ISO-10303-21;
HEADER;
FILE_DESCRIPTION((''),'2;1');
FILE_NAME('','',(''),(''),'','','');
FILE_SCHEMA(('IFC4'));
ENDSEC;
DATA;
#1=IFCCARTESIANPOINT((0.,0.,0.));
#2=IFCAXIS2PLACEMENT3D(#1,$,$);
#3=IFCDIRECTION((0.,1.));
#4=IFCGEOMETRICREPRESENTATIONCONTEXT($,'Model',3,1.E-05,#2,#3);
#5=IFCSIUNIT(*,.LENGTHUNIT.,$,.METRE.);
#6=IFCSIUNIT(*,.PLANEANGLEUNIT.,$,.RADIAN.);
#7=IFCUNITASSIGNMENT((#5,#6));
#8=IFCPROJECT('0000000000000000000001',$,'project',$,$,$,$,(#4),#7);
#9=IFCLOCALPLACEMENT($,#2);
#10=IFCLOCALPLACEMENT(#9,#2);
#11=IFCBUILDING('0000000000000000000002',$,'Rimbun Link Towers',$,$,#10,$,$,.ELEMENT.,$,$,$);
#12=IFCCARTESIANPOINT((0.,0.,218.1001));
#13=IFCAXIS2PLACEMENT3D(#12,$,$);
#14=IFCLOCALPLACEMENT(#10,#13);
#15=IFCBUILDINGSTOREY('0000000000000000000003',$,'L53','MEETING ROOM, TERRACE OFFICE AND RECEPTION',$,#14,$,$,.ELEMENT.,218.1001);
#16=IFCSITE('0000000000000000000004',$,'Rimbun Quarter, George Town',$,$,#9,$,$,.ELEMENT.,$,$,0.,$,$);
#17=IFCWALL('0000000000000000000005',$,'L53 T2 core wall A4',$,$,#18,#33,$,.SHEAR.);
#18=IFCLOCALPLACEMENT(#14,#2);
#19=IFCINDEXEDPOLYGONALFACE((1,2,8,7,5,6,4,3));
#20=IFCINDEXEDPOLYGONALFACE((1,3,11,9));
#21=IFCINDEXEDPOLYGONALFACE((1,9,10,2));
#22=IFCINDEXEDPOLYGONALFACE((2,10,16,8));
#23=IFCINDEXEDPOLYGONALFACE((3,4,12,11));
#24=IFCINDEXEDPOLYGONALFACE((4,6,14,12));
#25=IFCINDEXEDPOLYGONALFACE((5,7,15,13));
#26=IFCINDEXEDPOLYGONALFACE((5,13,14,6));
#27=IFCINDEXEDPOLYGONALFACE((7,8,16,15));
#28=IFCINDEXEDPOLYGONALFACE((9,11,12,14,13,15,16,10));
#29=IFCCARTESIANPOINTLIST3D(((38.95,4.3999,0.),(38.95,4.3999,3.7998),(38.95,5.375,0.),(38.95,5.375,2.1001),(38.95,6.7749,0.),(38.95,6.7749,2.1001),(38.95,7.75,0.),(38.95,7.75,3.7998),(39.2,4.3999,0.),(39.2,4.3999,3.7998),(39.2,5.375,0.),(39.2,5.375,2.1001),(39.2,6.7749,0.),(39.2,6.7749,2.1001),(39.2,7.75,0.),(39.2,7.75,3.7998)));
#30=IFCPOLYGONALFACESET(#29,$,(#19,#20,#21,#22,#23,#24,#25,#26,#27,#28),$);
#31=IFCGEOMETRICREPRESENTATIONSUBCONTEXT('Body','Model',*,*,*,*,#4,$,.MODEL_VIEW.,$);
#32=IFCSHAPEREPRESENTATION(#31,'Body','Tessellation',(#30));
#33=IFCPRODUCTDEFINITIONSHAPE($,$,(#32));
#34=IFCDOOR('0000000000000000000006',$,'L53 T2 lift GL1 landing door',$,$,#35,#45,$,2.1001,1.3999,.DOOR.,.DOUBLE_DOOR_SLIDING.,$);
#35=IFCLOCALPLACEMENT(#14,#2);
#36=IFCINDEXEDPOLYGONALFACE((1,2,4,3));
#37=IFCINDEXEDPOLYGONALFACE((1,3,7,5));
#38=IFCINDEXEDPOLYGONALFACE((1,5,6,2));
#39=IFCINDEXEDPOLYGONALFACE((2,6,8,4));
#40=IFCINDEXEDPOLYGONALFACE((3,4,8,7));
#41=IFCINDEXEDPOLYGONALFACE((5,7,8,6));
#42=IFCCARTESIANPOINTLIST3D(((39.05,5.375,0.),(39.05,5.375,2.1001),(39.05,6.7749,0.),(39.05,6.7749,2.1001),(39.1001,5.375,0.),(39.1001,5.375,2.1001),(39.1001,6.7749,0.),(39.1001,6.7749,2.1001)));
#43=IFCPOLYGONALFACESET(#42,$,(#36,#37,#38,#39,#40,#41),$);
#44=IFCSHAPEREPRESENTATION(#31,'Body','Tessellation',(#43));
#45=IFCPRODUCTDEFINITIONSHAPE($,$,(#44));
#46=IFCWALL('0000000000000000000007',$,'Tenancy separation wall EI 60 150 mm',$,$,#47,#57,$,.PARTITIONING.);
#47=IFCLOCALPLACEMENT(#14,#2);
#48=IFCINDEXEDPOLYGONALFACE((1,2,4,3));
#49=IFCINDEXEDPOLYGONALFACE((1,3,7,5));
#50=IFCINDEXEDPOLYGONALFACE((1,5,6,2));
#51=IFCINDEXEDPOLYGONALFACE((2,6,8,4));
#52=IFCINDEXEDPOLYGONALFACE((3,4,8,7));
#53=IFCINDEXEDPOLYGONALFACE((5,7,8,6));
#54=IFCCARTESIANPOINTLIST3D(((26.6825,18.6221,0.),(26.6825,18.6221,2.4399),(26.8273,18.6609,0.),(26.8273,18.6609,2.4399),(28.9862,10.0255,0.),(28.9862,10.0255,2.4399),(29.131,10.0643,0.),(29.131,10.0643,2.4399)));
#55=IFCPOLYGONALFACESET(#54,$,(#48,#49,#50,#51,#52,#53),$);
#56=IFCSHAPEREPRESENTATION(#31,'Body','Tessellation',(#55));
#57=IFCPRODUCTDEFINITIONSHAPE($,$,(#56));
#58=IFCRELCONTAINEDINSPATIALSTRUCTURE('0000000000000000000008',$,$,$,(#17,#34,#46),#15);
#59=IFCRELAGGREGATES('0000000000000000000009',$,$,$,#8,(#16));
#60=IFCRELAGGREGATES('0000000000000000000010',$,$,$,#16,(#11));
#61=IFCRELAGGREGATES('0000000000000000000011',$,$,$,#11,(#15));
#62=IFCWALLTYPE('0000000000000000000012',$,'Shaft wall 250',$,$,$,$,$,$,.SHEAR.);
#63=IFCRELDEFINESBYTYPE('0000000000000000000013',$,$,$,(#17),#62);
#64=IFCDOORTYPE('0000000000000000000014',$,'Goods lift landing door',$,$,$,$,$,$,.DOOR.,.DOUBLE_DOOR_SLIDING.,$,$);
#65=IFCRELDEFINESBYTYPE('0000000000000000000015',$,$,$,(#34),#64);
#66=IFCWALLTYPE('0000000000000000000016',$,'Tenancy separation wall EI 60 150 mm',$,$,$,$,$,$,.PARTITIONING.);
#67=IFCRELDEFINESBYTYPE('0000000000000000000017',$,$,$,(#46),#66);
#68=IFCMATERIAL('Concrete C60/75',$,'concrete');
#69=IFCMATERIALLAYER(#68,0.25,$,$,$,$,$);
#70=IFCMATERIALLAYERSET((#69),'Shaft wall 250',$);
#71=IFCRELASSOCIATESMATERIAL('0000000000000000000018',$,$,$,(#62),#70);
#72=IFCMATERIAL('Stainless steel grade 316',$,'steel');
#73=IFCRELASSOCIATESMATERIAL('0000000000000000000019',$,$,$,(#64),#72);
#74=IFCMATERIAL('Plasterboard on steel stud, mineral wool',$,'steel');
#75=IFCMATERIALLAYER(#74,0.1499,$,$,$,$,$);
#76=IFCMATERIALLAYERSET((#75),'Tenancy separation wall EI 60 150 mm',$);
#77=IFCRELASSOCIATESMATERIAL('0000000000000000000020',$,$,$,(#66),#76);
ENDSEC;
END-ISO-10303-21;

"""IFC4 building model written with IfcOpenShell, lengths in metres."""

from ifc_helpers import new_model, si_unit, direction, frame, frame_2d, origin, place, context, subcontext, project, spatial, rectangle, extrude, material, layer, layer_set, type_object, element, fill, save


model = new_model("IFC4")

# Units and contexts
model_context = context("Model", 3, precision=1e-05, world=origin(), true_north=direction((0.0, 1.0)))
body_context = subcontext(model_context, "Body", "Model", "MODEL_VIEW")
ifc_project = project(units=[si_unit("LENGTHUNIT", "METRE"), si_unit("PLANEANGLEUNIT", "RADIAN")], contexts=[model_context])

# Site, building, storey
site_placement = place(None, origin())
site = spatial("IfcSite", under=ifc_project, at=site_placement, Name="Rimbun Quarter, George Town", CompositionType="ELEMENT", RefElevation=0.0)
building_placement = place(site_placement, origin())
building = spatial("IfcBuilding", under=site, at=building_placement, Name="Rimbun Link Towers", CompositionType="ELEMENT")
storey_placement = place(building_placement, frame((0.0, 0.0, 218.1001)))
storey = spatial("IfcBuildingStorey", under=building, at=storey_placement, Name="L53", Description="MEETING ROOM, TERRACE OFFICE AND RECEPTION", CompositionType="ELEMENT", Elevation=218.1001)

# Shared definitions
ifc_material_1 = material(Name="Concrete C60/75", Category="concrete")
ifc_layer_1 = layer(ifc_material_1, 0.25)
ifc_layer_set_1 = layer_set([ifc_layer_1], Name="Shaft wall 250")
wall_type_1 = type_object("IfcWallType", Name="Shaft wall 250", PredefinedType="SHEAR", material=ifc_layer_set_1)

# Wall, opening, door
wall_1_placement = place(storey_placement, frame((39.075, 4.3999, 0.0), z_axis=(0.0, 0.0, 1.0), x_axis=(0.0, 1.0, 0.0)))
wall_1 = element("IfcWall", 1, at=wall_1_placement, inside=storey, type_object=wall_type_1, Name="L53 T2 core wall A4", PredefinedType="SHEAR", context=body_context, shape_type="SweptSolid", body=[
    extrude(rectangle(XDim=3.3501, YDim=0.25, at=frame_2d((1.675, 0.0))), origin(), (0.0, 0.0, 1.0), 3.7998),
])
opening_1_placement = place(wall_1_placement, frame((0.9751, 0.0, 0.0)))
opening_1 = element("IfcOpeningElement", 2, at=opening_1_placement, cuts=wall_1, PredefinedType="OPENING", context=body_context, shape_type="SweptSolid", body=[
    extrude(rectangle(XDim=1.3999, YDim=2.1001, at=frame_2d((0.7, 1.05))), frame((0.0, 0.135, 0.0), z_axis=(0.0, -1.0, 0.0), x_axis=(1.0, 0.0, 0.0)), (0.0, 0.0, 1.0), 0.27),
])
ifc_material_2 = material(Name="Stainless steel grade 316", Category="steel")
door_type_1 = type_object("IfcDoorType", Name="Goods lift landing door", OperationType="DOUBLE_DOOR_SLIDING", PredefinedType="DOOR", material=ifc_material_2)
door_1_placement = place(opening_1_placement, origin())
door_1 = element("IfcDoor", 3, at=door_1_placement, inside=storey, type_object=door_type_1, Name="L53 T2 lift GL1 landing door", OperationType="DOUBLE_DOOR_SLIDING", OverallHeight=2.1001, OverallWidth=1.3999, PredefinedType="DOOR", context=body_context, shape_type="SweptSolid", body=[
    extrude(rectangle(XDim=1.3999, YDim=2.1001, at=frame_2d((0.7, 1.05))), frame((0.0, 0.0249, 0.0), z_axis=(0.0, -1.0, 0.0), x_axis=(1.0, 0.0, 0.0)), (0.0, 0.0, 1.0), 0.05),
])
fill(opening_1, door_1)

# Wall
ifc_material_3 = material(Name="Plasterboard on steel stud, mineral wool", Category="steel")
ifc_layer_2 = layer(ifc_material_3, 0.1499)
ifc_layer_set_2 = layer_set([ifc_layer_2], Name="Tenancy separation wall EI 60 150 mm")
wall_type_2 = type_object("IfcWallType", Name="Tenancy separation wall EI 60 150 mm", PredefinedType="PARTITIONING", material=ifc_layer_set_2)
wall_2_placement = place(storey_placement, frame((29.0586, 10.0449, 0.0), z_axis=(0.0, 0.0, 1.0), x_axis=(-0.258844, 0.965919, 0.0)))
element("IfcWall", 4, at=wall_2_placement, inside=storey, type_object=wall_type_2, Name="Tenancy separation wall EI 60 150 mm", PredefinedType="PARTITIONING", context=body_context, shape_type="SweptSolid", body=[
    extrude(rectangle(XDim=8.8999, YDim=0.1499, at=frame_2d((4.45, 0.0))), origin(), (0.0, 0.0, 1.0), 2.4399),
])

save(model, "model.ifc")
